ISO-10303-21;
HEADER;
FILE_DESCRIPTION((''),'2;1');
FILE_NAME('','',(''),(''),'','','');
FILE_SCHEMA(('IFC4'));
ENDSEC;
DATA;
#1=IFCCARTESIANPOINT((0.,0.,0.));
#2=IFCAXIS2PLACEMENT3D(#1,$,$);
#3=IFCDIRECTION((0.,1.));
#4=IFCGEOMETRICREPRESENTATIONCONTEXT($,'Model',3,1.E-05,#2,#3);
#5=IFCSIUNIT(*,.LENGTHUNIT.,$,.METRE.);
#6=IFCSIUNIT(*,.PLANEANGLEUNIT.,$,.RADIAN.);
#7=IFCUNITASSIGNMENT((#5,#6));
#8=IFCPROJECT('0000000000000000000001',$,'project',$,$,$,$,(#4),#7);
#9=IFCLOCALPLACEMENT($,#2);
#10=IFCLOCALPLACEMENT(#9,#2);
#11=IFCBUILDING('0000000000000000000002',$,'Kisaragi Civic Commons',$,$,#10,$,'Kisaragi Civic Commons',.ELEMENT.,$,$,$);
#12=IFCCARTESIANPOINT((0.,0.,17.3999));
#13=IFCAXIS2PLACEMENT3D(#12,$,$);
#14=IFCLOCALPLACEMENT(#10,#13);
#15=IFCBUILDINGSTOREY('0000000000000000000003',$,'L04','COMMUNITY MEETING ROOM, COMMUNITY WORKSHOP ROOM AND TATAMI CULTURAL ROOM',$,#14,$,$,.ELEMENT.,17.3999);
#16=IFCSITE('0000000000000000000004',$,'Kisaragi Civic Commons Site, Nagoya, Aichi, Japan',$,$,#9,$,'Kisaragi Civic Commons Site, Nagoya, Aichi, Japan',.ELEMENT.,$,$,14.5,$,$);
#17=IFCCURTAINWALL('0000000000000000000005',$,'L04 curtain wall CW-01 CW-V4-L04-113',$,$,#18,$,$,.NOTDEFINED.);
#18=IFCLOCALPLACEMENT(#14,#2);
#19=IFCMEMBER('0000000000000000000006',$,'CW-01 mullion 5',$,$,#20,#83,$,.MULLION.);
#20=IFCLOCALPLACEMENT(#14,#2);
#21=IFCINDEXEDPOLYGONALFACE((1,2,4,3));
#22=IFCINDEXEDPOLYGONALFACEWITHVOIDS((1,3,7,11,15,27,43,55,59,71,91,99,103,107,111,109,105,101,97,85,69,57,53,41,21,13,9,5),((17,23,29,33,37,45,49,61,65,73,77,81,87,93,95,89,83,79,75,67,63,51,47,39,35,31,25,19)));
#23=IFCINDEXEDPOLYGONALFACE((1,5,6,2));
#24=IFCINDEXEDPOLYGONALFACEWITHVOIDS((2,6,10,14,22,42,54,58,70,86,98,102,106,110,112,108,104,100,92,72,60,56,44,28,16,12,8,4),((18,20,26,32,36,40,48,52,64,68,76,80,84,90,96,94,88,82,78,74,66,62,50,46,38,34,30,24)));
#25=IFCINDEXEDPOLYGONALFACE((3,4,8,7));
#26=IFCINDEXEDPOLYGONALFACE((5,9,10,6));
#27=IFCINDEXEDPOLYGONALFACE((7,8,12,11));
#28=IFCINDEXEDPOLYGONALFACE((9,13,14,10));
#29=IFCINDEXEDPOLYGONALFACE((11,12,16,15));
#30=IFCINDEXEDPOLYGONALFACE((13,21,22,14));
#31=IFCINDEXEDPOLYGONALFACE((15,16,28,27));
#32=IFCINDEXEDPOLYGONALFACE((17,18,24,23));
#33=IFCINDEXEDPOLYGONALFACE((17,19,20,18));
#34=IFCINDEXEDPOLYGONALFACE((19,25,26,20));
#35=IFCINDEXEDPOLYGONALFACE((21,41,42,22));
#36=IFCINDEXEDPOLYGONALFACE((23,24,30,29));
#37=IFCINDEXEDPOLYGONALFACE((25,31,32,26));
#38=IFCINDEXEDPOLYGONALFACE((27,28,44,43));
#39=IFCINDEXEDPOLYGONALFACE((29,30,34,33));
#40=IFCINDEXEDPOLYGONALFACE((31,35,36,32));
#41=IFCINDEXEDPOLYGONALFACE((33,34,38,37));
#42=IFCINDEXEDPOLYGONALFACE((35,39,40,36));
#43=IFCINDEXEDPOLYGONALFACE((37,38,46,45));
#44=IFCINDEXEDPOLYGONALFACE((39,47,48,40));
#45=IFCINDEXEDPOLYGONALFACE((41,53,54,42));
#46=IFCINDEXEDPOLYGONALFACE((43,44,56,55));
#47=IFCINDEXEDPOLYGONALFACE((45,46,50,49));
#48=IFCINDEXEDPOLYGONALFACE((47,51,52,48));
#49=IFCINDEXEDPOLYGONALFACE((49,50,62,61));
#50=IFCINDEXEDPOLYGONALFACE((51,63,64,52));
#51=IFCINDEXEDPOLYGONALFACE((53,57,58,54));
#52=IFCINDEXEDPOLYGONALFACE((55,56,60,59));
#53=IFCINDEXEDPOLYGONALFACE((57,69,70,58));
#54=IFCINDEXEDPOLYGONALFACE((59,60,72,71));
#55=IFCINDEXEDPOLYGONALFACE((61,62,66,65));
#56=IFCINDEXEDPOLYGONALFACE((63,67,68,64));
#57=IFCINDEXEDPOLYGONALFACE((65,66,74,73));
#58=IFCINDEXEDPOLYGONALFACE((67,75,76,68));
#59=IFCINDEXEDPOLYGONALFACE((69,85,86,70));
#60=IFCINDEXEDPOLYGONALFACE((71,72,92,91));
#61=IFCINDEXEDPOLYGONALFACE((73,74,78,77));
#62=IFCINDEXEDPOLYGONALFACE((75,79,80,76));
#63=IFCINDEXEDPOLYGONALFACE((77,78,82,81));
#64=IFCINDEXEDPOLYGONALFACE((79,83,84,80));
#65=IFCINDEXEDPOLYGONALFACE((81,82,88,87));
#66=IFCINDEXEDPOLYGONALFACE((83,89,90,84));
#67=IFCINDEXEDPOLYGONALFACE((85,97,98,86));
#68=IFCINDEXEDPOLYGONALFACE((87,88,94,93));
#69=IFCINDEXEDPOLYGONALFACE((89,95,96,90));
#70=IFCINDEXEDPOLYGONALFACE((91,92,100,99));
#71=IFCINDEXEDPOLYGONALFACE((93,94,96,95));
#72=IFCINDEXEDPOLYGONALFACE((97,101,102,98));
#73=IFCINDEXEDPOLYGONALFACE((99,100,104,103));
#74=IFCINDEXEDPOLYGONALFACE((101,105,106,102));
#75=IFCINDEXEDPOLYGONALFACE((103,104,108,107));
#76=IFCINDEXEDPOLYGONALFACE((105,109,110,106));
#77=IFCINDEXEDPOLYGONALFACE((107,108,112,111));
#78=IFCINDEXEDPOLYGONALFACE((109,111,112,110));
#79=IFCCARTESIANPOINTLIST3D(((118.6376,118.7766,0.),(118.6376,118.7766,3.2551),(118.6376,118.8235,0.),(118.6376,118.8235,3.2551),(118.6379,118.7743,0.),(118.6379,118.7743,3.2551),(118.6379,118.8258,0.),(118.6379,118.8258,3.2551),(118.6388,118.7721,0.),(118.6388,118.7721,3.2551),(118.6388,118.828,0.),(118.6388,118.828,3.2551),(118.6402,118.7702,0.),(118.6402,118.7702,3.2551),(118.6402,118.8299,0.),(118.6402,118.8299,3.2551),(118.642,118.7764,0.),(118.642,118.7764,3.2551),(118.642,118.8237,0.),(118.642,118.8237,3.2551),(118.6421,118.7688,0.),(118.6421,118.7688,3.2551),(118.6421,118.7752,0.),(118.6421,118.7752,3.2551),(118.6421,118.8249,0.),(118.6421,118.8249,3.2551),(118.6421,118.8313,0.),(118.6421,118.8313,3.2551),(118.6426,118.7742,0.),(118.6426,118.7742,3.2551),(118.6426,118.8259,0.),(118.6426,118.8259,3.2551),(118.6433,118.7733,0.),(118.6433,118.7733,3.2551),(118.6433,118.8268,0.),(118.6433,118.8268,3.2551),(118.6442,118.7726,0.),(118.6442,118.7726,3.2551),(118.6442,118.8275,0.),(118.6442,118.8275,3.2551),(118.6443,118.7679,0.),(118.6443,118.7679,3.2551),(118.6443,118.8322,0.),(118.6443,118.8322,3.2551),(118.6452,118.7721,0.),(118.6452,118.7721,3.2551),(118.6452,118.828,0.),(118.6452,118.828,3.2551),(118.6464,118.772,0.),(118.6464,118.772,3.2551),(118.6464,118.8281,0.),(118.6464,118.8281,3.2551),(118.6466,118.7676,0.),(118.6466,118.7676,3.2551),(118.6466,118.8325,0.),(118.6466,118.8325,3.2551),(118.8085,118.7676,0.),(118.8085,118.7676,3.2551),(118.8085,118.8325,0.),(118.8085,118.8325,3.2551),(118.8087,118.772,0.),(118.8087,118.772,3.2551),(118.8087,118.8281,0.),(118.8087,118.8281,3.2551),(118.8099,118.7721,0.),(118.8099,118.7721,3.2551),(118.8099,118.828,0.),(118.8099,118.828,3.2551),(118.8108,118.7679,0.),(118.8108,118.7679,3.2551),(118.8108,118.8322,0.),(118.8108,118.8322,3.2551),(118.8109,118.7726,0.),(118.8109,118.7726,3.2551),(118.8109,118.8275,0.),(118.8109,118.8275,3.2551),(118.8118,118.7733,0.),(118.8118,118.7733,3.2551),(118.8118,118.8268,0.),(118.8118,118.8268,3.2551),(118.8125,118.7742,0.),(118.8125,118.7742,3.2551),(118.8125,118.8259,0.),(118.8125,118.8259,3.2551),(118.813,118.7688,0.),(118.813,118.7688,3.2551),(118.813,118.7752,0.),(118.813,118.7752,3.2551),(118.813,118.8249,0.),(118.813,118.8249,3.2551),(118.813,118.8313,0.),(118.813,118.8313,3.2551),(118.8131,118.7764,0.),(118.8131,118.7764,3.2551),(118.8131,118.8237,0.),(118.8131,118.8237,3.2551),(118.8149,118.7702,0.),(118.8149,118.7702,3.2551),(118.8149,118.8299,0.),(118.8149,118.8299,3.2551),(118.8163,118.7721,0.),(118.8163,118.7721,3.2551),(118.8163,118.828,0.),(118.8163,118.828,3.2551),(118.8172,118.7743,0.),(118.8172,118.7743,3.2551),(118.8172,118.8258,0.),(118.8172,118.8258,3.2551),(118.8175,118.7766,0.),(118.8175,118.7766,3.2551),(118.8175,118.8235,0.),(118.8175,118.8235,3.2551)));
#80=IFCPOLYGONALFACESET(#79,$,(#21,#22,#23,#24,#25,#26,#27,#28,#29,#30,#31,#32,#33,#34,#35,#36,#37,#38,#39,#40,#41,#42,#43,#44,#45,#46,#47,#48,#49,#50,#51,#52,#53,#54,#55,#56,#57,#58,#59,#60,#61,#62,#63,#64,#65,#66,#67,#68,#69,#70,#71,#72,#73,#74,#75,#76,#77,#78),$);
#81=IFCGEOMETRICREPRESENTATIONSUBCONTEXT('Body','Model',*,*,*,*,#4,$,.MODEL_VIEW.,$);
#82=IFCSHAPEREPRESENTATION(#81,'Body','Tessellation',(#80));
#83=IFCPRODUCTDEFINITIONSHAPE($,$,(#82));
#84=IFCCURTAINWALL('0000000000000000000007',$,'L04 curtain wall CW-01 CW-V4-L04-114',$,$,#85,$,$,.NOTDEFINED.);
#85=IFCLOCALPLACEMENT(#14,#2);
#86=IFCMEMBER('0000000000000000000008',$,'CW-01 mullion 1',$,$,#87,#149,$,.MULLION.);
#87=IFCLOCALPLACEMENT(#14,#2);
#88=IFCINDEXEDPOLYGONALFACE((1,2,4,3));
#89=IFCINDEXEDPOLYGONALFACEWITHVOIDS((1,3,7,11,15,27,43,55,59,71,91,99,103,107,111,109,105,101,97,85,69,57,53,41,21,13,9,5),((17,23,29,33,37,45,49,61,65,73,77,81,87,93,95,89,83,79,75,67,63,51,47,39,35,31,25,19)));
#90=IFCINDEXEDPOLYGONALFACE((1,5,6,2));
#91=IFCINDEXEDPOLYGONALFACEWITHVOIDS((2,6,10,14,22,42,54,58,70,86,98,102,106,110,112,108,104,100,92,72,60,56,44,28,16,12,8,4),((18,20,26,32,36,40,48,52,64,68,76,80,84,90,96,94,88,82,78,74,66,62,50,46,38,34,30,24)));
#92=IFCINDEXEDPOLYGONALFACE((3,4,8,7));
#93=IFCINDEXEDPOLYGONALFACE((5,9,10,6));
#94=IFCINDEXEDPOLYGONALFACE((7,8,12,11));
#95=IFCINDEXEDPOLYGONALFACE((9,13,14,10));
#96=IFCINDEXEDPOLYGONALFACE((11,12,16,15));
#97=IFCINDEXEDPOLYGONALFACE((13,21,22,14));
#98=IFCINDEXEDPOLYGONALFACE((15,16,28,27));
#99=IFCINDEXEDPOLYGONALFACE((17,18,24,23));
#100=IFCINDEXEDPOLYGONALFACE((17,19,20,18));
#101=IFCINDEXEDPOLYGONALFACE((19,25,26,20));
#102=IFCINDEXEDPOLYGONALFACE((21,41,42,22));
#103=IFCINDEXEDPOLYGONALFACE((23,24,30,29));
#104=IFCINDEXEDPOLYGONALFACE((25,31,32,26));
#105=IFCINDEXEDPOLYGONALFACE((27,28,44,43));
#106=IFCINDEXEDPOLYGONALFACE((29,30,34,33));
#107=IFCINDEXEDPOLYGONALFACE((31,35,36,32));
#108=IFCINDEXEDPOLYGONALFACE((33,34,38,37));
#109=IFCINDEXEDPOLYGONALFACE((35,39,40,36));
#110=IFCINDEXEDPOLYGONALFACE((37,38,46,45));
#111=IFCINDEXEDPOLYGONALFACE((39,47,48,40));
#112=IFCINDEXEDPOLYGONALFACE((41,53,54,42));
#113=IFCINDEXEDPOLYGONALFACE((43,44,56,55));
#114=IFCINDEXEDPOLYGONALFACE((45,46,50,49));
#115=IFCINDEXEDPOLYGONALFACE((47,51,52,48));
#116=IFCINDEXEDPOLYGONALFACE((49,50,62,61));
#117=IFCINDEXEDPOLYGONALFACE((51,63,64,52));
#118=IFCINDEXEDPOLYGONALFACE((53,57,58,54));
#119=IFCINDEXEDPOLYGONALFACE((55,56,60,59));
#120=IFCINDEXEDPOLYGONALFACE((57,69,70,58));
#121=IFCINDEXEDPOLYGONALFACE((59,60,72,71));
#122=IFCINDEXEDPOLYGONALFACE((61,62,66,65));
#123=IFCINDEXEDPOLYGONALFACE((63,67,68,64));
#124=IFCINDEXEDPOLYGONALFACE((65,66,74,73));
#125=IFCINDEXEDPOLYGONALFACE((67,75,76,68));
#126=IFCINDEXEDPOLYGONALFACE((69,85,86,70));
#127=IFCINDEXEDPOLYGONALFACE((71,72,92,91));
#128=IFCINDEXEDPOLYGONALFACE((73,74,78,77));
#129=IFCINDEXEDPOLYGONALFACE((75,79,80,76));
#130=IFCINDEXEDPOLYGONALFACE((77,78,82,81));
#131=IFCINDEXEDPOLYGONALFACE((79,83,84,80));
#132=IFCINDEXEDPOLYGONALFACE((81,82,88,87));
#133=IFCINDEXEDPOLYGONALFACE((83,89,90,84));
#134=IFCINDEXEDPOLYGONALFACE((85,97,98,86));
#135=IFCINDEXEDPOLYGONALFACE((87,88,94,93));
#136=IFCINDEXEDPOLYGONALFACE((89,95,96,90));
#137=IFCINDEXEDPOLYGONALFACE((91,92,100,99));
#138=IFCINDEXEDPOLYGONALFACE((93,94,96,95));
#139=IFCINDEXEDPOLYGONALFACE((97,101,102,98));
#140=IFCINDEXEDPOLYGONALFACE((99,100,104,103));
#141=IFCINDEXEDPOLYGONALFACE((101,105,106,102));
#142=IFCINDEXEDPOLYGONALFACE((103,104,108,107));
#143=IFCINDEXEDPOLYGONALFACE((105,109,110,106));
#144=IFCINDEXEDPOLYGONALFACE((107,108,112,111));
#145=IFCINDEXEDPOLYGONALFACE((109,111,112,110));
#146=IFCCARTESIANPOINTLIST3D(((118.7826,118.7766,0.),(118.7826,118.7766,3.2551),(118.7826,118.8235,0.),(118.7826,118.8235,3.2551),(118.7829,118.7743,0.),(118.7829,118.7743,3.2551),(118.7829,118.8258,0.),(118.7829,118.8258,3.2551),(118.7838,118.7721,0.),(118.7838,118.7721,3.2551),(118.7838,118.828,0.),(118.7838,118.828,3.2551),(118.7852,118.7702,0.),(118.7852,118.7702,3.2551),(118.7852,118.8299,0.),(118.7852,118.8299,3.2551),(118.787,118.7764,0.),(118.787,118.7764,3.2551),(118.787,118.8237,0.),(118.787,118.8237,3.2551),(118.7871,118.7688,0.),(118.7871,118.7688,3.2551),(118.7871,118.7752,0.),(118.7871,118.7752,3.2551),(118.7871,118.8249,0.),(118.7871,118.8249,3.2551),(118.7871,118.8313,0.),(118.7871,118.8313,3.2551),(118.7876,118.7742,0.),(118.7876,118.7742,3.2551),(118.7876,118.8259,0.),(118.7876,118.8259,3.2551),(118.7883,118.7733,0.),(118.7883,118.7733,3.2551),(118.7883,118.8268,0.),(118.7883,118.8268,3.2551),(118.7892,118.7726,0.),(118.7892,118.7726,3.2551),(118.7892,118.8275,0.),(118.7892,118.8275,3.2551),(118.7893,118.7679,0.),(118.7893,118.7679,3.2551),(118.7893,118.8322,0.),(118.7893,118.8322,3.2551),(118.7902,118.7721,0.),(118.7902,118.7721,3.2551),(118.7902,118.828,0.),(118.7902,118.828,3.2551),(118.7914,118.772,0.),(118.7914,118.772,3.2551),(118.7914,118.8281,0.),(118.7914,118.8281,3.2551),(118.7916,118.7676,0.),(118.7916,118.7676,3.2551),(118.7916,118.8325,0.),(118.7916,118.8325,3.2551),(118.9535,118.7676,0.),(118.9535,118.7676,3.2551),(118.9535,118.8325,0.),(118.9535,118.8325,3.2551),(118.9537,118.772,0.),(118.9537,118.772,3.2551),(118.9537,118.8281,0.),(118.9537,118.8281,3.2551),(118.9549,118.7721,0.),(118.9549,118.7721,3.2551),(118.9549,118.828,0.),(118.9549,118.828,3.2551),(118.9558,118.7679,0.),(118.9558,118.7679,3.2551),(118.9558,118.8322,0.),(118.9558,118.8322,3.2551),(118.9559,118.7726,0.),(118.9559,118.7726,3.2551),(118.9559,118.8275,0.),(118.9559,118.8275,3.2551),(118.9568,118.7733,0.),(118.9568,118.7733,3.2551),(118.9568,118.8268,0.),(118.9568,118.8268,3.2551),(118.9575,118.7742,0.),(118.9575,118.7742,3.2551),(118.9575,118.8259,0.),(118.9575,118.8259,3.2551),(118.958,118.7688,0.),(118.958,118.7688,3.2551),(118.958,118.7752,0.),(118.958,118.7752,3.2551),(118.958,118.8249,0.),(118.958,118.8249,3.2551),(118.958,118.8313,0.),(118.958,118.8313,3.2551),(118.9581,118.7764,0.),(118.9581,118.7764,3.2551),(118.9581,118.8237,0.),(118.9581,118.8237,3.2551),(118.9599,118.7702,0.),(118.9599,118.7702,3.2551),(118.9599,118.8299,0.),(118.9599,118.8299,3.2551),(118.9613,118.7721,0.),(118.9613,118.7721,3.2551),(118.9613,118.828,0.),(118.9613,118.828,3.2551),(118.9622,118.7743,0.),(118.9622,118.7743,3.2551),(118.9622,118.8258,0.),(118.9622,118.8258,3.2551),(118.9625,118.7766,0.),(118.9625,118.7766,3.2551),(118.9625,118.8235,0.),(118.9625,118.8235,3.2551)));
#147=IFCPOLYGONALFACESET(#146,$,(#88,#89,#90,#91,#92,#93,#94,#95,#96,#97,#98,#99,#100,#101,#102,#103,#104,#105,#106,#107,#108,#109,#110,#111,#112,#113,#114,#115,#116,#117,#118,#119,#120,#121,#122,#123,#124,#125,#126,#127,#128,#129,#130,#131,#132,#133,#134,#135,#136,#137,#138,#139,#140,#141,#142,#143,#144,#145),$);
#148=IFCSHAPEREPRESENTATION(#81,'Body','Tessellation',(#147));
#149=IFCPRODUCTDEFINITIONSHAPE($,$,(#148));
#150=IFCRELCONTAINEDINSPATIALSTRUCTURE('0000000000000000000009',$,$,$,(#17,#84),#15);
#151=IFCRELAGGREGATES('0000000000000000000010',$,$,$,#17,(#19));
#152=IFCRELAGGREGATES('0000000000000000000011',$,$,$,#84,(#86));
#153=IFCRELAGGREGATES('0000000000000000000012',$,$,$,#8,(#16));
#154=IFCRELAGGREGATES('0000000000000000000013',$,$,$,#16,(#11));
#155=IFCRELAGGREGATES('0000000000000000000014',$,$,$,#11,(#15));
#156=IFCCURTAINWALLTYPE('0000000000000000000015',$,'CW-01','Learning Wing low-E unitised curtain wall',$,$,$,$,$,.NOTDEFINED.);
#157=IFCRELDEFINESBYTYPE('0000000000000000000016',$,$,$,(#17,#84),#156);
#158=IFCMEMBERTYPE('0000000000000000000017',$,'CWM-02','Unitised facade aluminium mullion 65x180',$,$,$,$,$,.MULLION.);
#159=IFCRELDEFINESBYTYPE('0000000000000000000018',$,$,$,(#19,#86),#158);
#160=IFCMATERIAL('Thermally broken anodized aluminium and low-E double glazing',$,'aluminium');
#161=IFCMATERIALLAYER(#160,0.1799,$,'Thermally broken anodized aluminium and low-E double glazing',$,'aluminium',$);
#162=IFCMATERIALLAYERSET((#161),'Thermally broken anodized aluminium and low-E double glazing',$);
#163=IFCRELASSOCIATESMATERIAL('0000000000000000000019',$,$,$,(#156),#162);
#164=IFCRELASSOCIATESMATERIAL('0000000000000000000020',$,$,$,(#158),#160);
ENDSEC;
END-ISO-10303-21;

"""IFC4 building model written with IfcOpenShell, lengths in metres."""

from ifc_helpers import new_model, si_unit, direction, frame, origin, origin_2d, place, context, subcontext, project, spatial, hollow_rectangle, extrude, material, layer, layer_set, material_profile, profile_set, type_object, element, aggregate, save


model = new_model("IFC4")

# Units and contexts
model_context = context("Model", 3, precision=1e-05, world=origin(), true_north=direction((0.0, 1.0)))
body_context = subcontext(model_context, "Body", "Model", "MODEL_VIEW")
ifc_project = project(units=[si_unit("LENGTHUNIT", "METRE"), si_unit("PLANEANGLEUNIT", "RADIAN")], contexts=[model_context])

# Site, building, storey
site_placement = place(None, origin())
site = spatial("IfcSite", under=ifc_project, at=site_placement, Name="Kisaragi Civic Commons Site, Nagoya, Aichi, Japan", LongName="Kisaragi Civic Commons Site, Nagoya, Aichi, Japan", CompositionType="ELEMENT", RefElevation=14.5)
building_placement = place(site_placement, origin())
building = spatial("IfcBuilding", under=site, at=building_placement, Name="Kisaragi Civic Commons", LongName="Kisaragi Civic Commons", CompositionType="ELEMENT")
storey_placement = place(building_placement, frame((0.0, 0.0, 17.3999)))
storey = spatial("IfcBuildingStorey", under=building, at=storey_placement, Name="L04", Description="COMMUNITY MEETING ROOM, COMMUNITY WORKSHOP ROOM AND TATAMI CULTURAL ROOM", CompositionType="ELEMENT", Elevation=17.3999)

# Curtain wall, member
ifc_material_1 = material(Name="Thermally broken anodized aluminium and low-E double glazing", Category="aluminium")
ifc_layer_1 = layer(ifc_material_1, 0.1799, Name="Thermally broken anodized aluminium and low-E double glazing", Category="aluminium")
ifc_layer_set_1 = layer_set([ifc_layer_1], Name="Thermally broken anodized aluminium and low-E double glazing")
curtain_wall_type = type_object("IfcCurtainWallType", Name="CW-01", Description="Learning Wing low-E unitised curtain wall", PredefinedType="NOTDEFINED", material=ifc_layer_set_1)
curtain_wall_1_placement = place(storey_placement, origin())
curtain_wall_1 = element("IfcCurtainWall", 1, at=curtain_wall_1_placement, inside=storey, type_object=curtain_wall_type, Name="L04 curtain wall CW-01 CW-V4-L04-113", PredefinedType="NOTDEFINED")
ifc_material_profile_1 = material_profile(ifc_material_1, hollow_rectangle(XDim=0.0649, YDim=0.1799, WallThickness=0.0044, InnerFilletRadius=0.0044, OuterFilletRadius=0.009, at=origin_2d()), Name="CWM-65x180x4.5", Category="aluminium")
ifc_profile_set_1 = profile_set([ifc_material_profile_1], Name="Thermally broken anodized aluminium and low-E double glazing")
member_type_1 = type_object("IfcMemberType", Name="CWM-02", Description="Unitised facade aluminium mullion 65x180", PredefinedType="MULLION", material=ifc_profile_set_1)
member_1_placement = place(storey_placement, frame((118.7275, 118.8, 0.0), z_axis=(0.0, 0.0, 1.0), x_axis=(0.0, 1.0, 0.0)))
member_1 = element("IfcMember", 2, at=member_1_placement, type_object=member_type_1, Name="CW-01 mullion 5", PredefinedType="MULLION", context=body_context, shape_type="SweptSolid", body=[
    extrude(hollow_rectangle(XDim=0.0649, YDim=0.1799, WallThickness=0.0044, InnerFilletRadius=0.0044, OuterFilletRadius=0.009, at=origin_2d()), origin(), (0.0, 0.0, 1.0), 3.2551),
])
aggregate(curtain_wall_1, [member_1])

# Curtain wall, member
curtain_wall_2_placement = place(storey_placement, origin())
curtain_wall_2 = element("IfcCurtainWall", 3, at=curtain_wall_2_placement, inside=storey, type_object=curtain_wall_type, Name="L04 curtain wall CW-01 CW-V4-L04-114", PredefinedType="NOTDEFINED")
member_2_placement = place(storey_placement, frame((118.8726, 118.8, 0.0), z_axis=(0.0, 0.0, 1.0), x_axis=(0.0, 1.0, 0.0)))
member_2 = element("IfcMember", 4, at=member_2_placement, type_object=member_type_1, Name="CW-01 mullion 1", PredefinedType="MULLION", context=body_context, shape_type="SweptSolid", body=[
    extrude(hollow_rectangle(XDim=0.0649, YDim=0.1799, WallThickness=0.0044, InnerFilletRadius=0.0044, OuterFilletRadius=0.009, at=origin_2d()), origin(), (0.0, 0.0, 1.0), 3.2551),
])
aggregate(curtain_wall_2, [member_2])

save(model, "model.ifc")
